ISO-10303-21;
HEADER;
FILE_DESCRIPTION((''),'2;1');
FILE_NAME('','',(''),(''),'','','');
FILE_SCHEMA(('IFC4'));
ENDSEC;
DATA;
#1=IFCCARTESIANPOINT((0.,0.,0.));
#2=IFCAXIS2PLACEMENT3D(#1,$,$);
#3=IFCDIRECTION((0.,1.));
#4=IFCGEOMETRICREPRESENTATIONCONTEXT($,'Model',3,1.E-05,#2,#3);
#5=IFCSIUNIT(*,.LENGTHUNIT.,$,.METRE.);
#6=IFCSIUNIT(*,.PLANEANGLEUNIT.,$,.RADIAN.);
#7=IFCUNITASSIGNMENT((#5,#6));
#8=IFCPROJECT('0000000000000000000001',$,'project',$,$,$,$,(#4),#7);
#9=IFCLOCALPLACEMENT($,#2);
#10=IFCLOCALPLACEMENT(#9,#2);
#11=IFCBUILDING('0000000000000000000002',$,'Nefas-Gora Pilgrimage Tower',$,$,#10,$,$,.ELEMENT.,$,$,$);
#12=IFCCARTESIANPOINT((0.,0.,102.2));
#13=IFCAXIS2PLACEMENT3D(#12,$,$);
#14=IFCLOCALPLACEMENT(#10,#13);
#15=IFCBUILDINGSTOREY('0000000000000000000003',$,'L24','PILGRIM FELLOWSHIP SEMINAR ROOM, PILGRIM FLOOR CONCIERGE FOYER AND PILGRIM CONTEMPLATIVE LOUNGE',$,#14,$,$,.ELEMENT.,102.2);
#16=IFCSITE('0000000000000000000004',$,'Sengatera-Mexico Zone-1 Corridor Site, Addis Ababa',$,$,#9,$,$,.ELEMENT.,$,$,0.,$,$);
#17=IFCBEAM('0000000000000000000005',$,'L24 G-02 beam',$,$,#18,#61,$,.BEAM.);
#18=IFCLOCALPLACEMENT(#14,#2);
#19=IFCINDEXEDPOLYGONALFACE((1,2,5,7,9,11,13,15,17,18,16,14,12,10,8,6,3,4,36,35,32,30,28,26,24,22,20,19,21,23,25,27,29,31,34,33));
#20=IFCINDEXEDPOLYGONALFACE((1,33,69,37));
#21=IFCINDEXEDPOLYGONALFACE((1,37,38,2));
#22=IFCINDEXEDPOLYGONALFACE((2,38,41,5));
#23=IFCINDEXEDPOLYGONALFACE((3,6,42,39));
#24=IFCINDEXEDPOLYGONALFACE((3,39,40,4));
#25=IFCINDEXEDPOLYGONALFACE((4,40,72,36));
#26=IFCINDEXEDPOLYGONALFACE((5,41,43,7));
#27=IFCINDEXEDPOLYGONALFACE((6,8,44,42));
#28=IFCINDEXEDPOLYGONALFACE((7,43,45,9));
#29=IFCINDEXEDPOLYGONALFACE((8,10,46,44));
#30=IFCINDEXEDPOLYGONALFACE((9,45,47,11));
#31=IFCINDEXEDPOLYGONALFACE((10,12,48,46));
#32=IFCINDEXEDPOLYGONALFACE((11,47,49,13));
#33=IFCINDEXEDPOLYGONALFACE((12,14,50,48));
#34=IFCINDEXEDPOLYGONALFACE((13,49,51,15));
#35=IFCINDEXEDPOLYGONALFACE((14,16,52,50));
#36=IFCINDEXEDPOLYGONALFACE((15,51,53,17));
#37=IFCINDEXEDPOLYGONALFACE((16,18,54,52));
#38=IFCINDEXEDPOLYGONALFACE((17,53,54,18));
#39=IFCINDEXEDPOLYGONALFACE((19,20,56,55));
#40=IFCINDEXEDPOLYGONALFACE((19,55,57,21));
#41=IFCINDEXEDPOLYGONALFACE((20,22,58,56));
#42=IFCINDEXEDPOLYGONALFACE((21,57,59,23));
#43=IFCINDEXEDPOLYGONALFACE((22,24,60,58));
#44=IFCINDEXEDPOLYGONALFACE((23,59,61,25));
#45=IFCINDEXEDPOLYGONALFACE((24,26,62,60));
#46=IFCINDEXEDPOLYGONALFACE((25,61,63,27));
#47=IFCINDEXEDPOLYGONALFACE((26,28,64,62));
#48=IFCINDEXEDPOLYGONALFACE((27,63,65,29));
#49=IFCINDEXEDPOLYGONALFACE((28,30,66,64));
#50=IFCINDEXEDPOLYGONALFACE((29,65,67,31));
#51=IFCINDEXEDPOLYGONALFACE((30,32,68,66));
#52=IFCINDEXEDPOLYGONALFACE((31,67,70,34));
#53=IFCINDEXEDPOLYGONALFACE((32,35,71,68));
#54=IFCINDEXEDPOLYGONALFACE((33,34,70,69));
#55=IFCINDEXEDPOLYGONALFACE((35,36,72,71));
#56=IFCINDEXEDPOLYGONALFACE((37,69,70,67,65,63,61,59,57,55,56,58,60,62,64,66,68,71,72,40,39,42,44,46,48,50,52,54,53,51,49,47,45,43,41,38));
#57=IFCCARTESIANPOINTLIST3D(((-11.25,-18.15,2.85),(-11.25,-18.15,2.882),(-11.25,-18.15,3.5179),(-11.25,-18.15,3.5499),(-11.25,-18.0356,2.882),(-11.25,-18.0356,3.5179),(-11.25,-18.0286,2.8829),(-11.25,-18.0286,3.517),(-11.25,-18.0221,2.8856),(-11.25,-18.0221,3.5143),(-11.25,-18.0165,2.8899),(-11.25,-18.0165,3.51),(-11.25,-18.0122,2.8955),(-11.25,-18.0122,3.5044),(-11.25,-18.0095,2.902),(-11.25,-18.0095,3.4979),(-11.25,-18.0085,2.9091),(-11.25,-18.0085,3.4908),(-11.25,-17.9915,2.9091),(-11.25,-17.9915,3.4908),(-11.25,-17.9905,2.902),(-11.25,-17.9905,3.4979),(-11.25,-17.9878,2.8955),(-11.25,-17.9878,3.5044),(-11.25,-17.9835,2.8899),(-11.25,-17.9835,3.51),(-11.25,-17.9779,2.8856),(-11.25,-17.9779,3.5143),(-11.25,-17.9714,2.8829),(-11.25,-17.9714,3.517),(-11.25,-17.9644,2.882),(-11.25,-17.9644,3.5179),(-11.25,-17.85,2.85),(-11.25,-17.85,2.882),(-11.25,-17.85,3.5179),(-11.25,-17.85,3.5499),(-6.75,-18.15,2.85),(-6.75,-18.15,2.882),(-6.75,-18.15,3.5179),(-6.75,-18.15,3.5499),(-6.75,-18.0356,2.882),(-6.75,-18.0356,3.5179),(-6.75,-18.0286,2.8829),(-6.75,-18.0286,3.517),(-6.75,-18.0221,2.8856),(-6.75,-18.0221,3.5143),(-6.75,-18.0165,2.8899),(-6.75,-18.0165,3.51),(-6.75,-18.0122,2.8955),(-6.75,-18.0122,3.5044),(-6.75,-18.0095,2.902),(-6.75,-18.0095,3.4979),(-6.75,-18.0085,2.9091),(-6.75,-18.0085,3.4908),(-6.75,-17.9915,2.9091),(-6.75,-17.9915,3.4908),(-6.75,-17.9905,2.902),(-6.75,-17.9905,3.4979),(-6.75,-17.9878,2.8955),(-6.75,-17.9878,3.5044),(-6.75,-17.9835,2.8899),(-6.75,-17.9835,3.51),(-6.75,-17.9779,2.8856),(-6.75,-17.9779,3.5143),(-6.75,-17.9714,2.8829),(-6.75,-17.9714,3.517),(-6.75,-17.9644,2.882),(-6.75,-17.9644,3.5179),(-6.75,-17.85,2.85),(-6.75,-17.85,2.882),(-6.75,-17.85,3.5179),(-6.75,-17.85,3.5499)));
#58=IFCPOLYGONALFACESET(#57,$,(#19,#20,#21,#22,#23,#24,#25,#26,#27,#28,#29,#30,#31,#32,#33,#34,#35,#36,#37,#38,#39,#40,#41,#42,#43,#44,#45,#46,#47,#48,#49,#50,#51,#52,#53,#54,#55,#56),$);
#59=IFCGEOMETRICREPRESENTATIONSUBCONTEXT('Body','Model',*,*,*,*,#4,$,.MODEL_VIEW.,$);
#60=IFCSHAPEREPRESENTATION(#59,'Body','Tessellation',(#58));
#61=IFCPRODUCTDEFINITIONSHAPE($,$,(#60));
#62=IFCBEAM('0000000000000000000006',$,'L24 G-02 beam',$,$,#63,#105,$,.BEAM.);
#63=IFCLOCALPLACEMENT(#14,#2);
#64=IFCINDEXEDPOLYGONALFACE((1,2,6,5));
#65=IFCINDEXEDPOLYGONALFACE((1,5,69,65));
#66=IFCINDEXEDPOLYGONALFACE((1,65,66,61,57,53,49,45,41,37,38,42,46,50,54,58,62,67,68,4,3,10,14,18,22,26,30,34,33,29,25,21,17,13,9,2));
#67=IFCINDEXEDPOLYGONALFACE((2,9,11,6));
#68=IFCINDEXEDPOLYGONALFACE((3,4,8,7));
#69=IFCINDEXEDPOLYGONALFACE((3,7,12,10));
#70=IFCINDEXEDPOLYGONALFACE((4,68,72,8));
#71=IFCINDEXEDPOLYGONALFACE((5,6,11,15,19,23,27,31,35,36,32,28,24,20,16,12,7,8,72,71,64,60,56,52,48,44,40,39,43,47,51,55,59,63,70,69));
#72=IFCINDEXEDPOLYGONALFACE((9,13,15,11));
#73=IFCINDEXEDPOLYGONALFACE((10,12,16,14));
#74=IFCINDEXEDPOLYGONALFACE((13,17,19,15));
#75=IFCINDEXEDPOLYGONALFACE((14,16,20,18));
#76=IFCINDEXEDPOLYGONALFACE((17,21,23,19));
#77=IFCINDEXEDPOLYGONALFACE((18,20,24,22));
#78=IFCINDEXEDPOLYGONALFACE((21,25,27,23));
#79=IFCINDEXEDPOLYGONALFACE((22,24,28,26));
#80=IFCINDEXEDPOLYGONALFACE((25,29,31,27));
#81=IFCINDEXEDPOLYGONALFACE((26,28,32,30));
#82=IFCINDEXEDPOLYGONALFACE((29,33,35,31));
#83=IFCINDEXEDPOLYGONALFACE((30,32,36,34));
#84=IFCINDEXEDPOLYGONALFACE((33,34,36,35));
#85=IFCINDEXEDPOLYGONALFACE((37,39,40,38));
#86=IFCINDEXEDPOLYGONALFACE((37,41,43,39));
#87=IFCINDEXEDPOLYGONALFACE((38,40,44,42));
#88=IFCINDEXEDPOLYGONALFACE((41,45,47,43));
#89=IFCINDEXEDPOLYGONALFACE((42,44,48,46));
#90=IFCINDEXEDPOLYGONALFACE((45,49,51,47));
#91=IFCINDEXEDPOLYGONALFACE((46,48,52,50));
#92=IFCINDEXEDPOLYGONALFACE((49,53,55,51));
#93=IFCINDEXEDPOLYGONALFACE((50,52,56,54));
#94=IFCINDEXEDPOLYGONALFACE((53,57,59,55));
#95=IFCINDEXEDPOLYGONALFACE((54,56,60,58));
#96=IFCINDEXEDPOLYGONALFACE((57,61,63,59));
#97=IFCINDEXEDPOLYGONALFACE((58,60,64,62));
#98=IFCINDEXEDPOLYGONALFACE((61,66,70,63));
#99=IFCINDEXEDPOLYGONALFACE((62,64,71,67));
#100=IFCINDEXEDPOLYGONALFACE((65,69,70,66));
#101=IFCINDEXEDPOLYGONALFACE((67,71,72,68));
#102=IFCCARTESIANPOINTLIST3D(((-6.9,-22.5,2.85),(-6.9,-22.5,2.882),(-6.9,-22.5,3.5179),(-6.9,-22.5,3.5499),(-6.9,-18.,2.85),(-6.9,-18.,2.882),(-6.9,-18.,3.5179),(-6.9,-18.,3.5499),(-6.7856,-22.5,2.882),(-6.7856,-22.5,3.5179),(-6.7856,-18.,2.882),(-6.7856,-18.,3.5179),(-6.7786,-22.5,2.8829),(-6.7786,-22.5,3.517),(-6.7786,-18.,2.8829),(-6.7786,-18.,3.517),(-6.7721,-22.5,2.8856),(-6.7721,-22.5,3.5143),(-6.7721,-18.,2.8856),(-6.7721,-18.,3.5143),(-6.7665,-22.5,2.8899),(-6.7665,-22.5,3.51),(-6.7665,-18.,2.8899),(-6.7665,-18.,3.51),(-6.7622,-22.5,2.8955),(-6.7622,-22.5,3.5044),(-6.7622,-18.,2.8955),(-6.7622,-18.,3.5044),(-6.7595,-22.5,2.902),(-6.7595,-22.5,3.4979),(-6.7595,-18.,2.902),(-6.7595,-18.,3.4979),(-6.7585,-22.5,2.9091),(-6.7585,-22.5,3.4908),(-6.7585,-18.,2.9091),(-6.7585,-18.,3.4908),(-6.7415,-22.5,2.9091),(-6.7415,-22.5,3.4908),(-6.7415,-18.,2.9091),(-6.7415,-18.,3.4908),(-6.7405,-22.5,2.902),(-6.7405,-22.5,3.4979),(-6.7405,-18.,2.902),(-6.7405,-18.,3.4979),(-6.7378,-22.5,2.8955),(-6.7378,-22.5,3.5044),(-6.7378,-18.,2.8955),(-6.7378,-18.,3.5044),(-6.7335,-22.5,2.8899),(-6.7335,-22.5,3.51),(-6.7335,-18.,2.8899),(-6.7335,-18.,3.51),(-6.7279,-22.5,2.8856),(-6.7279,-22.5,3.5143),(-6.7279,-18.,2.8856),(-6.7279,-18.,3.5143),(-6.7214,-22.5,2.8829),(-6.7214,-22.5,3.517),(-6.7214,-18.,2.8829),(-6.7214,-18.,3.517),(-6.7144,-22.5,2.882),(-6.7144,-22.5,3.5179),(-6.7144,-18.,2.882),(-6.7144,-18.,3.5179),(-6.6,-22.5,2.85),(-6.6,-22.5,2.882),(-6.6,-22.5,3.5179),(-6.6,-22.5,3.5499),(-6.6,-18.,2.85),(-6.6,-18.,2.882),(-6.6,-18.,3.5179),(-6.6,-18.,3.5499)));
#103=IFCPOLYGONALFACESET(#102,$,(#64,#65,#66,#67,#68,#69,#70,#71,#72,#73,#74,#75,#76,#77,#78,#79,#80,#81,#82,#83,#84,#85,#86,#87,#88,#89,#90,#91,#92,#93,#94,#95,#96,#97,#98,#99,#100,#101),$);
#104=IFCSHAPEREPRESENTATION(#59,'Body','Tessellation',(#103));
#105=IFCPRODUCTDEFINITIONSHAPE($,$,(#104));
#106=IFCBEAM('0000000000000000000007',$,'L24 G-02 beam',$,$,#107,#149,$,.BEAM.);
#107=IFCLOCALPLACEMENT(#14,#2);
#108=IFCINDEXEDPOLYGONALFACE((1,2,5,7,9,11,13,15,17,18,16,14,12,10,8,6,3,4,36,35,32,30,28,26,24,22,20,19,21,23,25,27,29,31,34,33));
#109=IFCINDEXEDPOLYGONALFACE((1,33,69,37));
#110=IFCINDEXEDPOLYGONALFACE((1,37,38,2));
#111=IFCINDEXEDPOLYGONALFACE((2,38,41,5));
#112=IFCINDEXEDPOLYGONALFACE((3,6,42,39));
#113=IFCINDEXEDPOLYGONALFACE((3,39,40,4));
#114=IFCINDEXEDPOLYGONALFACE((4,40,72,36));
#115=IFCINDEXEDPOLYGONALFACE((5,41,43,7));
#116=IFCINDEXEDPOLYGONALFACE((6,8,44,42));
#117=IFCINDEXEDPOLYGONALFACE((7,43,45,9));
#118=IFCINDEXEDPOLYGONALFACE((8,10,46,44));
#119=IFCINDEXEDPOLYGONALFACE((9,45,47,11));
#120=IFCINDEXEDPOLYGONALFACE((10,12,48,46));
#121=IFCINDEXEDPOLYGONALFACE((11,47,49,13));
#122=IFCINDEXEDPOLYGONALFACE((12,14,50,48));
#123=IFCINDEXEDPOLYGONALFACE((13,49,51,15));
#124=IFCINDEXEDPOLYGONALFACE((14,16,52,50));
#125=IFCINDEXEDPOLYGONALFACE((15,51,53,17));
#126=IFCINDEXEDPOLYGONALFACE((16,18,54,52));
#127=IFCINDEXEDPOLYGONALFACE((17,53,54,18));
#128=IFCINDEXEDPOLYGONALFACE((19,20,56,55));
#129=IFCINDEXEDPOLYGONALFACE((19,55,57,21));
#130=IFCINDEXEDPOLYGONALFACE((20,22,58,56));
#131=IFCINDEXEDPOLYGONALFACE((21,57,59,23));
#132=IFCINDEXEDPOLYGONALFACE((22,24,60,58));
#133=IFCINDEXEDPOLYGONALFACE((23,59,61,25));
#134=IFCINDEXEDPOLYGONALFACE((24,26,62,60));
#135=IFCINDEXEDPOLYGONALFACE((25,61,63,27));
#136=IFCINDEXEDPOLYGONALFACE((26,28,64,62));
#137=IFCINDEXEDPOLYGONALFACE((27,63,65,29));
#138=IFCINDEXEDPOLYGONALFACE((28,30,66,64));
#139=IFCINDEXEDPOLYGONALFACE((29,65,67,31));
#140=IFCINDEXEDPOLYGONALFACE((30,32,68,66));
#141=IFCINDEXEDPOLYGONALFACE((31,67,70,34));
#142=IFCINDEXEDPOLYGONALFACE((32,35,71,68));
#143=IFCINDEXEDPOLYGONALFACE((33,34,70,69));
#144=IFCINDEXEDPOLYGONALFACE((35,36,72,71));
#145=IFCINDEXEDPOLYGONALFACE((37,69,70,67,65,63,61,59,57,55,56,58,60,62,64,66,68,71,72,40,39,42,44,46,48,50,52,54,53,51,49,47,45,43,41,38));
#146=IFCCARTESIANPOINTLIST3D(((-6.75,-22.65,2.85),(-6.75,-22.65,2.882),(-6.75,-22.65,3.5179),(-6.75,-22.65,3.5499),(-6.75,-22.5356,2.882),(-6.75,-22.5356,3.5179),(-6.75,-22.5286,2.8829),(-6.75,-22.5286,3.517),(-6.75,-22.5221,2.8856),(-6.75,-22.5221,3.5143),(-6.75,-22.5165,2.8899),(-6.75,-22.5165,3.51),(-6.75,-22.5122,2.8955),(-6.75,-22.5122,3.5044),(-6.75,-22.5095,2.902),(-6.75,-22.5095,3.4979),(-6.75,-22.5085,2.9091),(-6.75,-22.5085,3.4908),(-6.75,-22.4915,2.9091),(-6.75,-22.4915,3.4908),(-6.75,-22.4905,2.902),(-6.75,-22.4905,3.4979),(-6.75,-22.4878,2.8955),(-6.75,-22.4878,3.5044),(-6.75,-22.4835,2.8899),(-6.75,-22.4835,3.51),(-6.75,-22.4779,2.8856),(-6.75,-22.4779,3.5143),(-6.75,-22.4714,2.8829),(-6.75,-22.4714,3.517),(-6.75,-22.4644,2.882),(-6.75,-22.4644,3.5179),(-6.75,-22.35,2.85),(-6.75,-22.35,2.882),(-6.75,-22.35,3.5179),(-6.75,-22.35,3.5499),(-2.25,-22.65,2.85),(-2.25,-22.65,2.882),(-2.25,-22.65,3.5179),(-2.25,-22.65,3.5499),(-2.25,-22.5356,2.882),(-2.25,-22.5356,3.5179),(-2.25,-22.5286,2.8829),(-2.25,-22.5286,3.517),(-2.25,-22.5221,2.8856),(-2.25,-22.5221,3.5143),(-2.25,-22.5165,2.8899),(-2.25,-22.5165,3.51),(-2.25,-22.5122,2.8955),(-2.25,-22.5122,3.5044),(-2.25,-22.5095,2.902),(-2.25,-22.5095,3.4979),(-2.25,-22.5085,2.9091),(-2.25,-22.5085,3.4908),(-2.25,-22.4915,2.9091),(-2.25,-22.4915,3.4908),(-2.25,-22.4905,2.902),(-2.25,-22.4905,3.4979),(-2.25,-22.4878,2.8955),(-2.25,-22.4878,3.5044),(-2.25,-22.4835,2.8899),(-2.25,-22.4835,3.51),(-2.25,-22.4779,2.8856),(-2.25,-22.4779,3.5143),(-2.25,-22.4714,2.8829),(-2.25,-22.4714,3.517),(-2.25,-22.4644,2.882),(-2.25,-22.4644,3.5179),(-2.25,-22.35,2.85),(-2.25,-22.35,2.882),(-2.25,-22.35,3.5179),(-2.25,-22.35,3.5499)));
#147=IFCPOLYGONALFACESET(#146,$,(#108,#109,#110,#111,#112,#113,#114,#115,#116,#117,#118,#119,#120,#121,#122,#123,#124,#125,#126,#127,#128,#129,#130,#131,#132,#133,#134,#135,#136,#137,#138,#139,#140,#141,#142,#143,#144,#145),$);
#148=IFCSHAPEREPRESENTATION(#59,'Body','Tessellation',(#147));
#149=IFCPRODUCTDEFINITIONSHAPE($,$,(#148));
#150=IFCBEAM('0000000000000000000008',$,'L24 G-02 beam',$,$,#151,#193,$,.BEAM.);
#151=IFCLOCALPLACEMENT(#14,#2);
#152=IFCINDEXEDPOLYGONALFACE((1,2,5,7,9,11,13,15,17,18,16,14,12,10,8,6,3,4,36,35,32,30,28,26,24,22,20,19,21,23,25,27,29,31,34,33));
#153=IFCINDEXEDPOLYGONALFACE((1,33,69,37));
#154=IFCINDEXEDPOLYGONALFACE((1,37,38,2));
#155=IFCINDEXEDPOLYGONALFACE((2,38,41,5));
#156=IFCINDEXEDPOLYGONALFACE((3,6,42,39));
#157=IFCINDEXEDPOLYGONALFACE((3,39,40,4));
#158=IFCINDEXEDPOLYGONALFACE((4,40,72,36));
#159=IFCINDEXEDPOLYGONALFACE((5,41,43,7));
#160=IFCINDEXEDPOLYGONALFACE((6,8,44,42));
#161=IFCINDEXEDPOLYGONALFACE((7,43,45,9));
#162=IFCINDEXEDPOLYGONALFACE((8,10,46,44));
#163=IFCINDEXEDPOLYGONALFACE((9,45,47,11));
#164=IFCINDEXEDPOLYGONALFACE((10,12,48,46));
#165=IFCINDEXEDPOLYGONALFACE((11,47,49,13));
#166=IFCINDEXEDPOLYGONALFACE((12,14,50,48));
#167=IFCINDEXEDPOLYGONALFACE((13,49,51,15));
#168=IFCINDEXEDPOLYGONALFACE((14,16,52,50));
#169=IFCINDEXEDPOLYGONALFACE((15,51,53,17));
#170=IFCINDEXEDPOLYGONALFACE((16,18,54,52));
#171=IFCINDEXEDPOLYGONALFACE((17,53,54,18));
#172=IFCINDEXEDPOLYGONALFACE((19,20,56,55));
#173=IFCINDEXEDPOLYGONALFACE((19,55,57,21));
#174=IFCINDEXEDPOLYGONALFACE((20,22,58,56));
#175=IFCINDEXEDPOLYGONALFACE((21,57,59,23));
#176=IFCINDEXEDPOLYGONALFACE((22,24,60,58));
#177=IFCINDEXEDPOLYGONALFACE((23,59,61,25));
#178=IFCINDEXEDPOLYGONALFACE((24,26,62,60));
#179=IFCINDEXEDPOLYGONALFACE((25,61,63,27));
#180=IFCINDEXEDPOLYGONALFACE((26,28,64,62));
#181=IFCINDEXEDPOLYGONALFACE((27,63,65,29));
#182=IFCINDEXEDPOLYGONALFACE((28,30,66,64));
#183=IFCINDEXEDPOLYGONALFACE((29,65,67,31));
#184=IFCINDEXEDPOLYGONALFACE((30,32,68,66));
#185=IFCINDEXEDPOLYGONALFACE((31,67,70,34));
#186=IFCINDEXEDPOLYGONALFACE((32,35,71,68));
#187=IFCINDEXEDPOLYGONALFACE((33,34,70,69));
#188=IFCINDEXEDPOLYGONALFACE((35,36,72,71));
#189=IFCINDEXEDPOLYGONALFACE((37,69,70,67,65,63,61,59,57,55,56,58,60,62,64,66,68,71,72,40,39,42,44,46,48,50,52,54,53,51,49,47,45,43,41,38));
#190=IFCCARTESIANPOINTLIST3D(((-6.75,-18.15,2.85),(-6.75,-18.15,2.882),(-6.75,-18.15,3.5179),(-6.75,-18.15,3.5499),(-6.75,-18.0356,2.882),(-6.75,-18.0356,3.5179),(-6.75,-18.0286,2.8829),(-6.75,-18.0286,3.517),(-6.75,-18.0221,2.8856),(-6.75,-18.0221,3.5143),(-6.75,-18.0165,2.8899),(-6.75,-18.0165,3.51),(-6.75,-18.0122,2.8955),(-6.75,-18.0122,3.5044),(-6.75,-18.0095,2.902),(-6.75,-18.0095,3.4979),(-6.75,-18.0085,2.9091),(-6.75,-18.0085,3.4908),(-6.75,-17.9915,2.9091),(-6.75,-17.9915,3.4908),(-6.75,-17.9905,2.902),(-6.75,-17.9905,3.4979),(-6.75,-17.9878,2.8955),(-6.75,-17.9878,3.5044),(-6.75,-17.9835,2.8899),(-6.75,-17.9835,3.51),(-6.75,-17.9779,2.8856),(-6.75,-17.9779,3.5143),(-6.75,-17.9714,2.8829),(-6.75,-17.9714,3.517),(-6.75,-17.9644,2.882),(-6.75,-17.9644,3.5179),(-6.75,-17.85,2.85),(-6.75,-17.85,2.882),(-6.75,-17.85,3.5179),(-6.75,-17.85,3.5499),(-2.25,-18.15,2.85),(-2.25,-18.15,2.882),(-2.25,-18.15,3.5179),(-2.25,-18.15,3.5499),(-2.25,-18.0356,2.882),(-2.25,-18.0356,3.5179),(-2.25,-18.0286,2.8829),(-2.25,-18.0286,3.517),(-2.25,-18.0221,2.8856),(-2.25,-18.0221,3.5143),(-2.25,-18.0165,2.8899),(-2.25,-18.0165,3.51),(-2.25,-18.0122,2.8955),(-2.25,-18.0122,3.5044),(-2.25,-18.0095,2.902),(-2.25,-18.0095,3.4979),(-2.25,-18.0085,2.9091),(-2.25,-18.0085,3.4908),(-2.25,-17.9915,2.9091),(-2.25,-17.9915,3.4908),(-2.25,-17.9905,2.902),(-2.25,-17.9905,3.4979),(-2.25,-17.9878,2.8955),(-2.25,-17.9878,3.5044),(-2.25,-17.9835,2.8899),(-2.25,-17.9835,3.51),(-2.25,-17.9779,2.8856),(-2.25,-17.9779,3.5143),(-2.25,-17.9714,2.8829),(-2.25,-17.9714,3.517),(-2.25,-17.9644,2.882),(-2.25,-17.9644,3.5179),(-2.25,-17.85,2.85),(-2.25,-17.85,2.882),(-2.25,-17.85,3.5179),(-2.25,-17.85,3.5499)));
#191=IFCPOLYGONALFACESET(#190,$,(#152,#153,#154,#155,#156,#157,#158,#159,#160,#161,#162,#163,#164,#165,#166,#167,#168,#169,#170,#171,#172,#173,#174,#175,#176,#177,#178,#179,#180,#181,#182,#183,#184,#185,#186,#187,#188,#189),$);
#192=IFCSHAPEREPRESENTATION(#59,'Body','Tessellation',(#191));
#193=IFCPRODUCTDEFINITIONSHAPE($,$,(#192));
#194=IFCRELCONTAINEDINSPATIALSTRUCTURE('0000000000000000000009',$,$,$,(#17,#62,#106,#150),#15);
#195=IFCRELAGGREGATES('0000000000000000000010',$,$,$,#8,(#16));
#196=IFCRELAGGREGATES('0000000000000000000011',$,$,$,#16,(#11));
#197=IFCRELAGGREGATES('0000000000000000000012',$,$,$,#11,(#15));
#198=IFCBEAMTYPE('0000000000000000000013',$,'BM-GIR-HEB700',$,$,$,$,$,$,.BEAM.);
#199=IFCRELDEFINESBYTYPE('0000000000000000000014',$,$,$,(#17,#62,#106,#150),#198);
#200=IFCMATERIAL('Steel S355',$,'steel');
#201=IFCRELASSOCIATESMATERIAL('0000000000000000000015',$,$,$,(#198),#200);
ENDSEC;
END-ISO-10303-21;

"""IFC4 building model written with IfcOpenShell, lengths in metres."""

from ifc_helpers import new_model, si_unit, direction, frame, origin, origin_2d, place, context, subcontext, project, spatial, i_section, extrude, source, transform, mapped, material, material_profile, profile_set, type_object, element, save


model = new_model("IFC4")

# Units and contexts
model_context = context("Model", 3, precision=1e-05, world=origin(), true_north=direction((0.0, 1.0)))
body_context = subcontext(model_context, "Body", "Model", "MODEL_VIEW")
ifc_project = project(units=[si_unit("LENGTHUNIT", "METRE"), si_unit("PLANEANGLEUNIT", "RADIAN")], contexts=[model_context])

# Site, building, storey
site_placement = place(None, origin())
site = spatial("IfcSite", under=ifc_project, at=site_placement, Name="Sengatera-Mexico Zone-1 Corridor Site, Addis Ababa", CompositionType="ELEMENT", RefElevation=0.0)
building_placement = place(site_placement, origin())
building = spatial("IfcBuilding", under=site, at=building_placement, Name="Nefas-Gora Pilgrimage Tower", CompositionType="ELEMENT")
storey_placement = place(building_placement, frame((0.0, 0.0, 102.2)))
storey = spatial("IfcBuildingStorey", under=building, at=storey_placement, Name="L24", Description="PILGRIM FELLOWSHIP SEMINAR ROOM, PILGRIM FLOOR CONCIERGE FOYER AND PILGRIM CONTEMPLATIVE LOUNGE", CompositionType="ELEMENT", Elevation=102.2)

# Beams
ifc_material_1 = material(Name="Steel S355", Category="steel")
ifc_material_profile_1 = material_profile(ifc_material_1, i_section(OverallWidth=0.3, OverallDepth=0.7, WebThickness=0.0171, FlangeThickness=0.032, FilletRadius=0.0271, at=origin_2d()), Name="HEB 700")
ifc_profile_set_1 = profile_set([ifc_material_profile_1], Name="Steel S355")
beam_type = type_object("IfcBeamType", Name="BM-GIR-HEB700", PredefinedType="BEAM", material=ifc_profile_set_1)
shared_shape_1 = source(origin(), body_context, "Body", "SweptSolid", [
    extrude(i_section(OverallWidth=0.3, OverallDepth=0.7, WebThickness=0.0171, FlangeThickness=0.032, FilletRadius=0.0271, at=origin_2d()), origin(), (0.0, 0.0, 1.0), 4.5),
])
for number, where, z_axis, x_axis, name in (
    (1, (-11.25, -18.0, 3.2), (1.0, 0.0, 0.0), (0.0, 1.0, 0.0), "L24 G-02 beam"),
    (2, (-6.75, -22.5, 3.2), (0.0, 1.0, 0.0), (-1.0, 0.0, 0.0), "L24 G-02 beam"),
    (3, (-6.75, -22.5, 3.2), (1.0, 0.0, 0.0), (0.0, 1.0, 0.0), "L24 G-02 beam"),
    (4, (-6.75, -18.0, 3.2), (1.0, 0.0, 0.0), (0.0, 1.0, 0.0), "L24 G-02 beam"),
):
    element("IfcBeam", number, at=place(storey_placement, frame(where, z_axis=z_axis, x_axis=x_axis)), inside=storey, type_object=beam_type, Name=name, PredefinedType="BEAM", context=body_context, shape_type="MappedRepresentation", body=[
        mapped(shared_shape_1, transform((0.0, 0.0, 0.0), x_axis=(1.0, 0.0, 0.0), y_axis=(0.0, 1.0, 0.0), z_axis=(0.0, 0.0, 1.0), scale=1.0)),
    ])

save(model, "model.ifc")
